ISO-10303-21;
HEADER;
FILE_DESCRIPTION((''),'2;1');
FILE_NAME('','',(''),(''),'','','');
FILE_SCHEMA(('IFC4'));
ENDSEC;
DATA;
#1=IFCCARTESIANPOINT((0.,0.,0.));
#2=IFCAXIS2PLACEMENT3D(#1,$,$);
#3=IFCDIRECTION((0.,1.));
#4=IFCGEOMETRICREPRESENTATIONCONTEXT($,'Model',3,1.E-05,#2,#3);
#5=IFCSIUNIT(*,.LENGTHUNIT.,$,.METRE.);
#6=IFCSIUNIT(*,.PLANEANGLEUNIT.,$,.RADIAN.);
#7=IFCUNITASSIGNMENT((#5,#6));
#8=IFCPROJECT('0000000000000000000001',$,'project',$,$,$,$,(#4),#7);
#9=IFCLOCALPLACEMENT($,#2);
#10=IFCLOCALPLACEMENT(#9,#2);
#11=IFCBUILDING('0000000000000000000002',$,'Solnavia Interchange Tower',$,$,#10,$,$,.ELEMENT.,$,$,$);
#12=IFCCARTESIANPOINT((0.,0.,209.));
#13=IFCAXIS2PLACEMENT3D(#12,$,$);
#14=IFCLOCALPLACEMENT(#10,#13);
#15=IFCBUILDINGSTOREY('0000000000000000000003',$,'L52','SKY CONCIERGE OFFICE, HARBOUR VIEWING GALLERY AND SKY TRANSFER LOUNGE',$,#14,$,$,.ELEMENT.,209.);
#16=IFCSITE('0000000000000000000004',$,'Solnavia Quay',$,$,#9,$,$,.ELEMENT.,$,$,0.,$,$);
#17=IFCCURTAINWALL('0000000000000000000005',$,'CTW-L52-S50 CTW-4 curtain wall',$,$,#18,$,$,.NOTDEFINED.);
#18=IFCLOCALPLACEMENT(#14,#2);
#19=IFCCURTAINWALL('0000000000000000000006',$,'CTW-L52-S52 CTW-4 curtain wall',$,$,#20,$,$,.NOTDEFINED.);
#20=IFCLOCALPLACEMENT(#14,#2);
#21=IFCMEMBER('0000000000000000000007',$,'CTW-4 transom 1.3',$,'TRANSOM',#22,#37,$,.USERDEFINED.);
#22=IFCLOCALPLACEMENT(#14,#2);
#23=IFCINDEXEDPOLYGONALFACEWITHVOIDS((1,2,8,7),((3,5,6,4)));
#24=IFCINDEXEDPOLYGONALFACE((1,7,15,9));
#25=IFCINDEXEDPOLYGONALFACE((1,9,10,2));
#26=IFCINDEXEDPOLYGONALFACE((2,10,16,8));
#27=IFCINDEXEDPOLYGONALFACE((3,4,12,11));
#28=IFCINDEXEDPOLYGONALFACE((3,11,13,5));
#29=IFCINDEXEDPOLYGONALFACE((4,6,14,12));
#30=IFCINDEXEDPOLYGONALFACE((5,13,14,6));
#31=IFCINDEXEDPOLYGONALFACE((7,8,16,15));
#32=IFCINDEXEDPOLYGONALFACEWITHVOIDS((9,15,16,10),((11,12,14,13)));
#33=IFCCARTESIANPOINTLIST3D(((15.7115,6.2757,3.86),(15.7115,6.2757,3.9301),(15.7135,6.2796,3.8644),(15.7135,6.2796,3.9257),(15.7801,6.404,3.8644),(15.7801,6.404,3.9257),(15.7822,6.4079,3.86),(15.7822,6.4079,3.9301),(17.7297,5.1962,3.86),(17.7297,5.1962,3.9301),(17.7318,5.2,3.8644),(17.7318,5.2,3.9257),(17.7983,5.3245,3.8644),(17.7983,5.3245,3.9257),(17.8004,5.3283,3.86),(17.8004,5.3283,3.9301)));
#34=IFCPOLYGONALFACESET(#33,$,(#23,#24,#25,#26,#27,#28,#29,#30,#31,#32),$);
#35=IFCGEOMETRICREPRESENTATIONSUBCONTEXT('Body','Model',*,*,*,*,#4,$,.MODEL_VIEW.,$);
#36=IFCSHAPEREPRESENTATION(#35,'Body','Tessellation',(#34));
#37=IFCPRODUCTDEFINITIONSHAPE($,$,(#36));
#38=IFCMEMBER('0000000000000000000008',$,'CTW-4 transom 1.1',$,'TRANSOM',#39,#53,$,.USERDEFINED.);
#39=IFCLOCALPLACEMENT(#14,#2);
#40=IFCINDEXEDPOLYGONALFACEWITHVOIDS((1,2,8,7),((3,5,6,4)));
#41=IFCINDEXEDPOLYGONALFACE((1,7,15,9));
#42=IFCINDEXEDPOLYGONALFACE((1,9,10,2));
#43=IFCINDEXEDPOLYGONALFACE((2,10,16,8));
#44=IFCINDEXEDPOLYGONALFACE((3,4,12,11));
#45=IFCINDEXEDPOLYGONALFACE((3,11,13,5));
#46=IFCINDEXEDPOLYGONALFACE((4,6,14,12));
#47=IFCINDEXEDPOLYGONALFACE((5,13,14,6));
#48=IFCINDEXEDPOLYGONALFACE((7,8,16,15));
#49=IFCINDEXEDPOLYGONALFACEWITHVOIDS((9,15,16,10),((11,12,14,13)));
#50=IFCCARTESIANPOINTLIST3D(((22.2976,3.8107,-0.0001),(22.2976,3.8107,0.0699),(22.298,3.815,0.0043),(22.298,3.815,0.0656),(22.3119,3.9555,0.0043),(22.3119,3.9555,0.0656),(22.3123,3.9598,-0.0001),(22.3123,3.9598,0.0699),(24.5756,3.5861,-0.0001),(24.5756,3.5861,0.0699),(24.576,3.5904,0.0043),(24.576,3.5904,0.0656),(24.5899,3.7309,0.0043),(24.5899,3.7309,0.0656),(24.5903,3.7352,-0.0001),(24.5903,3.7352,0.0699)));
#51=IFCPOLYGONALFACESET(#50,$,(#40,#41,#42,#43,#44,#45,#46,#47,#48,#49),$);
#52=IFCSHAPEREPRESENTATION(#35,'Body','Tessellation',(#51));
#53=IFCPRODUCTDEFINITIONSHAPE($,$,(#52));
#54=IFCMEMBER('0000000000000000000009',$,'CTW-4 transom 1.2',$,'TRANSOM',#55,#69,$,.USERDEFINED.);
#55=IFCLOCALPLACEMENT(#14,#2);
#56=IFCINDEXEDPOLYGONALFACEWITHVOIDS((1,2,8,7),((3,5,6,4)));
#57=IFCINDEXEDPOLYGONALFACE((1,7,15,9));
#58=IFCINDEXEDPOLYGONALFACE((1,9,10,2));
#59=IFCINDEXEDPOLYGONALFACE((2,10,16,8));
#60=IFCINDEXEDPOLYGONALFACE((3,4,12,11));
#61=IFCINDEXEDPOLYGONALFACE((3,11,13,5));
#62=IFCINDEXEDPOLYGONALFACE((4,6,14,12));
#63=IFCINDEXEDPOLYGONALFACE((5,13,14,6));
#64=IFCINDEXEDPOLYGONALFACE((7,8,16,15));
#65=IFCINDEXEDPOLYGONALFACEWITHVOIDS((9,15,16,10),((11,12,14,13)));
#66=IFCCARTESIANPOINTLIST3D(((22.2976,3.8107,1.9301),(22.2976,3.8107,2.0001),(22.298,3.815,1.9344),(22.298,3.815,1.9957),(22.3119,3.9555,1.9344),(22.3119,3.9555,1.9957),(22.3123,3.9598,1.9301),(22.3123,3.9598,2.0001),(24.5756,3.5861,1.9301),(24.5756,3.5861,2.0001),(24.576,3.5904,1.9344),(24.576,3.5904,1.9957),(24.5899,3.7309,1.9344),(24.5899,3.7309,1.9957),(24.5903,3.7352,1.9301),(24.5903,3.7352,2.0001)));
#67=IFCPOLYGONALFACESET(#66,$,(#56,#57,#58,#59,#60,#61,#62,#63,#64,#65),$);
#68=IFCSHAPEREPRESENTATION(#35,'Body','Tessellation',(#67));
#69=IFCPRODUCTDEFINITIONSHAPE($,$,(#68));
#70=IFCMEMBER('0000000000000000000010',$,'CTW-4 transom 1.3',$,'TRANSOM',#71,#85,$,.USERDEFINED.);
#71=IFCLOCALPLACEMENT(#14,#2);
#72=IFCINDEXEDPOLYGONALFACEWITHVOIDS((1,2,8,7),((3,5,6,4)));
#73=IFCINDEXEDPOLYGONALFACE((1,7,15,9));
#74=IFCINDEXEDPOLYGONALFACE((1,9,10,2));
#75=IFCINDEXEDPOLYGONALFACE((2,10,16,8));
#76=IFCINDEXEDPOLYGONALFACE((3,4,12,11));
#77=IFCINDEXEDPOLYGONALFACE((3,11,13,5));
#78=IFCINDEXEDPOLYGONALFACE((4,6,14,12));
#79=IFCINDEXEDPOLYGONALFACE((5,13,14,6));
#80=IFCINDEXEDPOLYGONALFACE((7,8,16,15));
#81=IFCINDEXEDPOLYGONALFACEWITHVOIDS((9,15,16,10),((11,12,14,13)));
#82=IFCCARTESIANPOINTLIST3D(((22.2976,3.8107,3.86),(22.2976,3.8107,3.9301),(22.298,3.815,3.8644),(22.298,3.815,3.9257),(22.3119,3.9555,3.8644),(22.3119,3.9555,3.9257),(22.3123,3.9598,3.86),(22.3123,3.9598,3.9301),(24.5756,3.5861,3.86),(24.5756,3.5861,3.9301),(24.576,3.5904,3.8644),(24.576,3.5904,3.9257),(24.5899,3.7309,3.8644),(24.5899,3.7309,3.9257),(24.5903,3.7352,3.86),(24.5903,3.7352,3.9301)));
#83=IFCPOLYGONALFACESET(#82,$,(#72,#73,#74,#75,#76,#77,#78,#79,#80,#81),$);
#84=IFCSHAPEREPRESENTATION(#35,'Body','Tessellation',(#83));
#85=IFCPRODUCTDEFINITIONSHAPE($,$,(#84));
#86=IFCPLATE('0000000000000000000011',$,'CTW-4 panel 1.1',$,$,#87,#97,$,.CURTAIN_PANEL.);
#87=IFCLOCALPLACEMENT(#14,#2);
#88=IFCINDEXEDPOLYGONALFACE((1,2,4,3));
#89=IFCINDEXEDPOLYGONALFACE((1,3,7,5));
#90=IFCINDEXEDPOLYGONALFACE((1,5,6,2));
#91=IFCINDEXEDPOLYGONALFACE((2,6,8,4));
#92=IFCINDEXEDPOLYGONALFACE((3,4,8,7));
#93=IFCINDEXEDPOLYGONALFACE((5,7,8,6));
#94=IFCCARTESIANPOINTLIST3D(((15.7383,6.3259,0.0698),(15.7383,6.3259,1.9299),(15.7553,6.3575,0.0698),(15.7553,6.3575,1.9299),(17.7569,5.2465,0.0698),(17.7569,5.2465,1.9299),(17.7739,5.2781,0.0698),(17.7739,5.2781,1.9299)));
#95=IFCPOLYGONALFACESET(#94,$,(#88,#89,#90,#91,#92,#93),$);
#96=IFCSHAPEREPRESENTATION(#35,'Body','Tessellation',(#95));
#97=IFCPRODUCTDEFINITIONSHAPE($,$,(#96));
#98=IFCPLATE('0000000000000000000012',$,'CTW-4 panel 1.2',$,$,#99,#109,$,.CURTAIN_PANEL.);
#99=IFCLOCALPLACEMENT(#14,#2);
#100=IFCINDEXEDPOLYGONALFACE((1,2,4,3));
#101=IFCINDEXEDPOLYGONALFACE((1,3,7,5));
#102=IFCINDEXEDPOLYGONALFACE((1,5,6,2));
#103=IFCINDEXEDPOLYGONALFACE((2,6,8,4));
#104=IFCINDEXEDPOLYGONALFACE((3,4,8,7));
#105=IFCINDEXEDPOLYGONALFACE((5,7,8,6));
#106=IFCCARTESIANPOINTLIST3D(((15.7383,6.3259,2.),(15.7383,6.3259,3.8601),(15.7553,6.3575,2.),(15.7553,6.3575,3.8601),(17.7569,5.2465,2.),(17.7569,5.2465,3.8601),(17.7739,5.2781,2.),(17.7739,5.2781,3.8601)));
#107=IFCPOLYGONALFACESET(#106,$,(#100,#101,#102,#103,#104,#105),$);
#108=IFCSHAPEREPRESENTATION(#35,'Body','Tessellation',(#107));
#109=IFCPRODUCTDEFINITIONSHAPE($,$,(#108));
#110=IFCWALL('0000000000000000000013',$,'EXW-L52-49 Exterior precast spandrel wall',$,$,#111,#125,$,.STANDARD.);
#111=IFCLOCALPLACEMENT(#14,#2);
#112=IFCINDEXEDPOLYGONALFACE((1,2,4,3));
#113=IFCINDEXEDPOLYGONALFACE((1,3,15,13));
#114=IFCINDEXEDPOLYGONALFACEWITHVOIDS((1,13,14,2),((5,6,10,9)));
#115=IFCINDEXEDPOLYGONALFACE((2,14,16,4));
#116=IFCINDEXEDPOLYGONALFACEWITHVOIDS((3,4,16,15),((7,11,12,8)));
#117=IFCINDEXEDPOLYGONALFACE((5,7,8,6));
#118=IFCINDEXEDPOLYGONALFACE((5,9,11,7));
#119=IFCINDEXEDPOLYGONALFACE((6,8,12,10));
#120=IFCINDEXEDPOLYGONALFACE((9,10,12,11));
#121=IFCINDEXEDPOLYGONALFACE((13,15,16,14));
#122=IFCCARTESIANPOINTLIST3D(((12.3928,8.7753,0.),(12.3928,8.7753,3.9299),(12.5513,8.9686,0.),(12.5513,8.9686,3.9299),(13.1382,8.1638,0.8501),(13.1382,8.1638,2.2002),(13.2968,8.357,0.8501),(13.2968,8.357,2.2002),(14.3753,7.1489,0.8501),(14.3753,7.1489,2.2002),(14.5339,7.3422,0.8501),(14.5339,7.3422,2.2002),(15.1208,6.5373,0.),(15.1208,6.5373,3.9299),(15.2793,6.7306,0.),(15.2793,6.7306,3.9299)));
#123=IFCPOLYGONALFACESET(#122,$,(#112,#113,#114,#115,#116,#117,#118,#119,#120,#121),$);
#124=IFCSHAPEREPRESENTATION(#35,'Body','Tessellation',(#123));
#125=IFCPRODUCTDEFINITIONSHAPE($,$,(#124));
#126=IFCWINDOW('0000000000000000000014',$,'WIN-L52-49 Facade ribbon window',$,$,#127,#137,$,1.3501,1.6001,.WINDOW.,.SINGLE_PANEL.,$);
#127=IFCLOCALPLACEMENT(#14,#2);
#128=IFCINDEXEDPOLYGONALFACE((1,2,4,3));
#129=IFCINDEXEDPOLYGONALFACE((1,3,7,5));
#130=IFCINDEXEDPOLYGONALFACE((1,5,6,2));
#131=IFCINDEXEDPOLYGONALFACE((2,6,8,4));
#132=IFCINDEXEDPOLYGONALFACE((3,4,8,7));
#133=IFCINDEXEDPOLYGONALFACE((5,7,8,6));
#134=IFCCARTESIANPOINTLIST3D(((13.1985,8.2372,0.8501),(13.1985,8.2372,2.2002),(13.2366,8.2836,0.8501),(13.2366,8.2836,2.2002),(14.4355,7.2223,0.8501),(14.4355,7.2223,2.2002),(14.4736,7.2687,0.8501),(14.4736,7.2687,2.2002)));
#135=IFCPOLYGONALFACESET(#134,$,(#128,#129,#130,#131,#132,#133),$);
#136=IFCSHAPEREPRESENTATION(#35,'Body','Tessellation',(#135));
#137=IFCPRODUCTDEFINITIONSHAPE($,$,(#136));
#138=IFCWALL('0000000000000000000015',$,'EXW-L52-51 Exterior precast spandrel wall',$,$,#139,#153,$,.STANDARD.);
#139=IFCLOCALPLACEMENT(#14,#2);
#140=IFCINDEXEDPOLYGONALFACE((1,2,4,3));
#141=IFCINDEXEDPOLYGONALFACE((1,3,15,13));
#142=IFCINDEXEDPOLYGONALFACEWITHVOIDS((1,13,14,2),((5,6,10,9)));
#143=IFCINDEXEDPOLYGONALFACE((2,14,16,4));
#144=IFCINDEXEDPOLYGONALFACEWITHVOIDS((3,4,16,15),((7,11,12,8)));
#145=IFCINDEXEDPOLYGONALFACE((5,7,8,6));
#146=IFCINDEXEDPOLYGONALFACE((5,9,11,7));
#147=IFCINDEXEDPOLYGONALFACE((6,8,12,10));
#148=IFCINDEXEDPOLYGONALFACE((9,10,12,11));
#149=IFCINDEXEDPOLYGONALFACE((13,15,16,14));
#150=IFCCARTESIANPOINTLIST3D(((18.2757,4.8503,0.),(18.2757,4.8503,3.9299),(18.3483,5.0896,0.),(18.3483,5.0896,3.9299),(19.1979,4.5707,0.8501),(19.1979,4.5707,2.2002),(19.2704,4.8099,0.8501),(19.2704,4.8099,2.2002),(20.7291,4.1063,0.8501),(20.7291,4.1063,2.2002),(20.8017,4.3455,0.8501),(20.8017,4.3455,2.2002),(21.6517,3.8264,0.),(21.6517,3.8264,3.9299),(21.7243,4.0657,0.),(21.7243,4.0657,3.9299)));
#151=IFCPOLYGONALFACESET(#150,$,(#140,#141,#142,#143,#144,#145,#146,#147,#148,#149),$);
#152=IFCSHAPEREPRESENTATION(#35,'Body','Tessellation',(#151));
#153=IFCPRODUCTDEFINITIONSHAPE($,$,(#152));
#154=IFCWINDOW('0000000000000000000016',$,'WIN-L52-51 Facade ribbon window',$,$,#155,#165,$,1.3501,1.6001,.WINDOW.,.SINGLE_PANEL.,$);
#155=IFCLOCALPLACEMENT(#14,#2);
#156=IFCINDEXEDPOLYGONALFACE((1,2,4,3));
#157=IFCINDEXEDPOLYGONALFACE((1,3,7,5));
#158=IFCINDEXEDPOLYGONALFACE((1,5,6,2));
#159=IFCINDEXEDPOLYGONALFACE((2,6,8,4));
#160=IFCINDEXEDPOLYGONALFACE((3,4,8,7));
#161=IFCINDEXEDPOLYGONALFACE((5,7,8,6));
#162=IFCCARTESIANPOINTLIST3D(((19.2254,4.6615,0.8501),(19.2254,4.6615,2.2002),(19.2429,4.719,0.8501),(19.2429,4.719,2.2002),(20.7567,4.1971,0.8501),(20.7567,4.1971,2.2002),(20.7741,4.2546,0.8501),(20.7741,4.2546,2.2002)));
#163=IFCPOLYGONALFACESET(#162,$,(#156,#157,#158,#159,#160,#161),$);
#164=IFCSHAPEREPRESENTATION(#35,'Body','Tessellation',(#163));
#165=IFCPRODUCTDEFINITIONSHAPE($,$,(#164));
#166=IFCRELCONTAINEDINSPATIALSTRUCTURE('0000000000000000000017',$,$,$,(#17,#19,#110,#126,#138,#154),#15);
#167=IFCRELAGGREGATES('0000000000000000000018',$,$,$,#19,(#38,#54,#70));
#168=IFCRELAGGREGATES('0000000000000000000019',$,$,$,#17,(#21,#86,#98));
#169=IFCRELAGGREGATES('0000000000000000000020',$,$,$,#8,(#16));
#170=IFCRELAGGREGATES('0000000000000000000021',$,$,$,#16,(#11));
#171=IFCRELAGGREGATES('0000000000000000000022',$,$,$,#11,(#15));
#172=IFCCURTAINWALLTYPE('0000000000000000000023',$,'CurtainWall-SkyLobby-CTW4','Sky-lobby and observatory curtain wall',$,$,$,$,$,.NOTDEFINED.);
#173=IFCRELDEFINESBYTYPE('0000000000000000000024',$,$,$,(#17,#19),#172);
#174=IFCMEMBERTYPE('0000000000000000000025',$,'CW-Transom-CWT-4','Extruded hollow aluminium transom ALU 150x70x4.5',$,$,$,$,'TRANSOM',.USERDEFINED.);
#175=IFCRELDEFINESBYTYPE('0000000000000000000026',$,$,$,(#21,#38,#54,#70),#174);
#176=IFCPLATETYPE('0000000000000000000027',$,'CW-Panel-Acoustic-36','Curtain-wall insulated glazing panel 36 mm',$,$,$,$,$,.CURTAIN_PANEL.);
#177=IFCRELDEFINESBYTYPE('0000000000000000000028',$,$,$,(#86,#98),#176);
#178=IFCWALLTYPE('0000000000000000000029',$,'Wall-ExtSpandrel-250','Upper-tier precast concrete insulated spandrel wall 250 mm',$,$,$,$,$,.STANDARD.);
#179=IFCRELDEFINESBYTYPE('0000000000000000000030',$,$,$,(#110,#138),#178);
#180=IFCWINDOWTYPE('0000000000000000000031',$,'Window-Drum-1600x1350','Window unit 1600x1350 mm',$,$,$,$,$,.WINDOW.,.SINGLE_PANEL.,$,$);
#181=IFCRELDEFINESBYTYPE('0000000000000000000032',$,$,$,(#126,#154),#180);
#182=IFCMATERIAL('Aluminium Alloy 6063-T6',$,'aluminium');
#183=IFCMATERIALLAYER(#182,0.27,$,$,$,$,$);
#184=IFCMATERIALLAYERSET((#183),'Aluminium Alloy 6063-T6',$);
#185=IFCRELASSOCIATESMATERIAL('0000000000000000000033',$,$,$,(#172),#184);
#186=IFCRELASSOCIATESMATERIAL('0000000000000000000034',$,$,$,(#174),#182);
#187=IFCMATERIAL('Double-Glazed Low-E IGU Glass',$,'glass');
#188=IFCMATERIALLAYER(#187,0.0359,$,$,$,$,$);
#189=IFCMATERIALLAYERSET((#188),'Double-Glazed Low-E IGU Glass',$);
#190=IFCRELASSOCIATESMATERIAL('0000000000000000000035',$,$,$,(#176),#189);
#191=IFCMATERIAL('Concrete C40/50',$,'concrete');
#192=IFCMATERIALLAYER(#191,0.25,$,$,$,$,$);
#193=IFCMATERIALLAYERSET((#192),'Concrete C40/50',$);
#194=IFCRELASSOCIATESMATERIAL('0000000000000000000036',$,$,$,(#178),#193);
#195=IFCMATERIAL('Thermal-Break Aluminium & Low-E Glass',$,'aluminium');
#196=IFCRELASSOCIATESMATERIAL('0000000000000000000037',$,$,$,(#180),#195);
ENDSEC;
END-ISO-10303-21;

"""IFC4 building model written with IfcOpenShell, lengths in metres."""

from ifc_helpers import new_model, si_unit, direction, frame, frame_2d, origin, origin_2d, place, context, subcontext, project, spatial, rectangle, hollow_rectangle, extrude, material, layer, layer_set, material_profile, profile_set, type_object, element, fill, aggregate, save


model = new_model("IFC4")

# Units and contexts
model_context = context("Model", 3, precision=1e-05, world=origin(), true_north=direction((0.0, 1.0)))
body_context = subcontext(model_context, "Body", "Model", "MODEL_VIEW")
ifc_project = project(units=[si_unit("LENGTHUNIT", "METRE"), si_unit("PLANEANGLEUNIT", "RADIAN")], contexts=[model_context])

# Site, building, storey
site_placement = place(None, origin())
site = spatial("IfcSite", under=ifc_project, at=site_placement, Name="Solnavia Quay", CompositionType="ELEMENT", RefElevation=0.0)
building_placement = place(site_placement, origin())
building = spatial("IfcBuilding", under=site, at=building_placement, Name="Solnavia Interchange Tower", CompositionType="ELEMENT")
storey_placement = place(building_placement, frame((0.0, 0.0, 209.0)))
storey = spatial("IfcBuildingStorey", under=building, at=storey_placement, Name="L52", Description="SKY CONCIERGE OFFICE, HARBOUR VIEWING GALLERY AND SKY TRANSFER LOUNGE", CompositionType="ELEMENT", Elevation=209.0)

# Curtain wall
ifc_material_1 = material(Name="Aluminium Alloy 6063-T6", Category="aluminium")
ifc_layer_1 = layer(ifc_material_1, 0.27)
ifc_layer_set_1 = layer_set([ifc_layer_1], Name="Aluminium Alloy 6063-T6")
curtain_wall_type = type_object("IfcCurtainWallType", Name="CurtainWall-SkyLobby-CTW4", Description="Sky-lobby and observatory curtain wall", PredefinedType="NOTDEFINED", material=ifc_layer_set_1)
curtain_wall_1_placement = place(storey_placement, origin())
curtain_wall_1 = element("IfcCurtainWall", 1, at=curtain_wall_1_placement, inside=storey, type_object=curtain_wall_type, Name="CTW-L52-S50 CTW-4 curtain wall", PredefinedType="NOTDEFINED")

# Curtain wall
curtain_wall_2_placement = place(storey_placement, origin())
curtain_wall_2 = element("IfcCurtainWall", 2, at=curtain_wall_2_placement, inside=storey, type_object=curtain_wall_type, Name="CTW-L52-S52 CTW-4 curtain wall", PredefinedType="NOTDEFINED")

# Members
ifc_material_profile_1 = material_profile(ifc_material_1, hollow_rectangle(XDim=0.0701, YDim=0.1499, WallThickness=0.0044, at=origin_2d()), Name="ALU 150x70x4.5")
ifc_profile_set_1 = profile_set([ifc_material_profile_1], Name="Aluminium Alloy 6063-T6")
member_type_1 = type_object("IfcMemberType", Name="CW-Transom-CWT-4", Description="Extruded hollow aluminium transom ALU 150x70x4.5", ElementType="TRANSOM", PredefinedType="USERDEFINED", material=ifc_profile_set_1)
member_1_placement = place(storey_placement, frame((15.7468, 6.3418, 3.895), z_axis=(0.881779, -0.471662, 0.0), x_axis=(0.0, 0.0, 1.0)))
member_1 = element("IfcMember", 3, at=member_1_placement, type_object=member_type_1, Name="CTW-4 transom 1.3", ObjectType="TRANSOM", PredefinedType="USERDEFINED", context=body_context, shape_type="SweptSolid", body=[
    extrude(hollow_rectangle(XDim=0.0701, YDim=0.1499, WallThickness=0.0044, at=origin_2d()), origin(), (0.0, 0.0, 1.0), 2.2888),
])
member_2_placement = place(storey_placement, frame((22.3049, 3.8853, 0.0349), z_axis=(0.995175, -0.09812, 0.0), x_axis=(0.0, 0.0, 1.0)))
member_2 = element("IfcMember", 4, at=member_2_placement, type_object=member_type_1, Name="CTW-4 transom 1.1", ObjectType="TRANSOM", PredefinedType="USERDEFINED", context=body_context, shape_type="SweptSolid", body=[
    extrude(hollow_rectangle(XDim=0.0701, YDim=0.1499, WallThickness=0.0044, at=origin_2d()), origin(), (0.0, 0.0, 1.0), 2.2891),
])
member_3_placement = place(storey_placement, frame((22.3049, 3.8853, 1.9651), z_axis=(0.995175, -0.09812, 0.0), x_axis=(0.0, 0.0, 1.0)))
member_3 = element("IfcMember", 5, at=member_3_placement, type_object=member_type_1, Name="CTW-4 transom 1.2", ObjectType="TRANSOM", PredefinedType="USERDEFINED", context=body_context, shape_type="SweptSolid", body=[
    extrude(hollow_rectangle(XDim=0.0701, YDim=0.1499, WallThickness=0.0044, at=origin_2d()), origin(), (0.0, 0.0, 1.0), 2.2891),
])
member_4_placement = place(storey_placement, frame((22.3049, 3.8853, 3.895), z_axis=(0.995175, -0.09812, 0.0), x_axis=(0.0, 0.0, 1.0)))
member_4 = element("IfcMember", 6, at=member_4_placement, type_object=member_type_1, Name="CTW-4 transom 1.3", ObjectType="TRANSOM", PredefinedType="USERDEFINED", context=body_context, shape_type="SweptSolid", body=[
    extrude(hollow_rectangle(XDim=0.0701, YDim=0.1499, WallThickness=0.0044, at=origin_2d()), origin(), (0.0, 0.0, 1.0), 2.2891),
])
aggregate(curtain_wall_2, [member_2, member_3, member_4])

# Plates
ifc_material_2 = material(Name="Double-Glazed Low-E IGU Glass", Category="glass")
ifc_layer_2 = layer(ifc_material_2, 0.0359)
ifc_layer_set_2 = layer_set([ifc_layer_2], Name="Double-Glazed Low-E IGU Glass")
plate_type = type_object("IfcPlateType", Name="CW-Panel-Acoustic-36", Description="Curtain-wall insulated glazing panel 36 mm", PredefinedType="CURTAIN_PANEL", material=ifc_layer_set_2)
plate_1_placement = place(storey_placement, frame((16.7561, 5.802, 0.0698), z_axis=(0.0, 0.0, 1.0), x_axis=(0.881842, -0.471546, 0.0)))
plate_1 = element("IfcPlate", 7, at=plate_1_placement, type_object=plate_type, Name="CTW-4 panel 1.1", PredefinedType="CURTAIN_PANEL", context=body_context, shape_type="SweptSolid", body=[
    extrude(rectangle(XDim=2.2891, YDim=0.0359, at=origin_2d()), origin(), (0.0, 0.0, 1.0), 1.8601),
])
plate_2_placement = place(storey_placement, frame((16.7561, 5.802, 2.0), z_axis=(0.0, 0.0, 1.0), x_axis=(0.881842, -0.471546, 0.0)))
plate_2 = element("IfcPlate", 8, at=plate_2_placement, type_object=plate_type, Name="CTW-4 panel 1.2", PredefinedType="CURTAIN_PANEL", context=body_context, shape_type="SweptSolid", body=[
    extrude(rectangle(XDim=2.2891, YDim=0.0359, at=origin_2d()), origin(), (0.0, 0.0, 1.0), 1.8601),
])
aggregate(curtain_wall_1, [member_1, plate_1, plate_2])

# Walls, openings, windows
ifc_material_3 = material(Name="Concrete C40/50", Category="concrete")
ifc_layer_3 = layer(ifc_material_3, 0.25)
ifc_layer_set_3 = layer_set([ifc_layer_3], Name="Concrete C40/50")
wall_type = type_object("IfcWallType", Name="Wall-ExtSpandrel-250", Description="Upper-tier precast concrete insulated spandrel wall 250 mm", PredefinedType="STANDARD", material=ifc_layer_set_3)
wall_1_placement = place(storey_placement, frame((15.2, 6.634, 0.0), z_axis=(0.0, 0.0, 1.0), x_axis=(-0.773121, 0.634258, 0.0)))
wall_1 = element("IfcWall", 9, at=wall_1_placement, inside=storey, type_object=wall_type, Name="EXW-L52-49 Exterior precast spandrel wall", PredefinedType="STANDARD", context=body_context, shape_type="SweptSolid", body=[
    extrude(rectangle(XDim=3.5286, YDim=0.25, at=frame_2d((1.7642, 0.0))), origin(), (0.0, 0.0, 1.0), 3.9299),
])
opening_1_placement = place(wall_1_placement, frame((0.9641, 0.0, 0.8501)))
opening_1 = element("IfcOpeningElement", 10, at=opening_1_placement, cuts=wall_1, PredefinedType="OPENING", context=body_context, shape_type="SweptSolid", body=[
    extrude(rectangle(XDim=1.6001, YDim=1.3501, at=frame_2d((0.8, 0.675))), frame((0.0, 0.135, 0.0), z_axis=(0.0, -1.0, 0.0), x_axis=(1.0, 0.0, 0.0)), (0.0, 0.0, 1.0), 0.27),
])
ifc_material_4 = material(Name="Thermal-Break Aluminium & Low-E Glass", Category="aluminium")
window_type = type_object("IfcWindowType", Name="Window-Drum-1600x1350", Description="Window unit 1600x1350 mm", PartitioningType="SINGLE_PANEL", PredefinedType="WINDOW", material=ifc_material_4)
window_1_placement = place(opening_1_placement, origin())
window_1 = element("IfcWindow", 11, at=window_1_placement, inside=storey, type_object=window_type, Name="WIN-L52-49 Facade ribbon window", OverallHeight=1.3501, OverallWidth=1.6001, PartitioningType="SINGLE_PANEL", PredefinedType="WINDOW", context=body_context, shape_type="SweptSolid", body=[
    extrude(rectangle(XDim=1.6001, YDim=1.3501, at=frame_2d((0.8, 0.675))), frame((0.0, 0.03, 0.0), z_axis=(0.0, -1.0, 0.0), x_axis=(1.0, 0.0, 0.0)), (0.0, 0.0, 1.0), 0.0601),
])
fill(opening_1, window_1)
wall_2_placement = place(storey_placement, frame((21.688, 3.946, 0.0), z_axis=(0.0, 0.0, 1.0), x_axis=(-0.956953, 0.290242, 0.0)))
wall_2 = element("IfcWall", 12, at=wall_2_placement, inside=storey, type_object=wall_type, Name="EXW-L52-51 Exterior precast spandrel wall", PredefinedType="STANDARD", context=body_context, shape_type="SweptSolid", body=[
    extrude(rectangle(XDim=3.5278, YDim=0.25, at=frame_2d((1.7639, 0.0))), origin(), (0.0, 0.0, 1.0), 3.9299),
])
opening_2_placement = place(wall_2_placement, frame((0.9641, 0.0, 0.8501)))
opening_2 = element("IfcOpeningElement", 13, at=opening_2_placement, cuts=wall_2, PredefinedType="OPENING", context=body_context, shape_type="SweptSolid", body=[
    extrude(rectangle(XDim=1.6001, YDim=1.3501, at=frame_2d((0.8, 0.675))), frame((0.0, 0.135, 0.0), z_axis=(0.0, -1.0, 0.0), x_axis=(1.0, 0.0, 0.0)), (0.0, 0.0, 1.0), 0.27),
])
window_2_placement = place(opening_2_placement, origin())
window_2 = element("IfcWindow", 14, at=window_2_placement, inside=storey, type_object=window_type, Name="WIN-L52-51 Facade ribbon window", OverallHeight=1.3501, OverallWidth=1.6001, PartitioningType="SINGLE_PANEL", PredefinedType="WINDOW", context=body_context, shape_type="SweptSolid", body=[
    extrude(rectangle(XDim=1.6001, YDim=1.3501, at=frame_2d((0.8, 0.675))), frame((0.0, 0.03, 0.0), z_axis=(0.0, -1.0, 0.0), x_axis=(1.0, 0.0, 0.0)), (0.0, 0.0, 1.0), 0.0601),
])
fill(opening_2, window_2)

save(model, "model.ifc")
